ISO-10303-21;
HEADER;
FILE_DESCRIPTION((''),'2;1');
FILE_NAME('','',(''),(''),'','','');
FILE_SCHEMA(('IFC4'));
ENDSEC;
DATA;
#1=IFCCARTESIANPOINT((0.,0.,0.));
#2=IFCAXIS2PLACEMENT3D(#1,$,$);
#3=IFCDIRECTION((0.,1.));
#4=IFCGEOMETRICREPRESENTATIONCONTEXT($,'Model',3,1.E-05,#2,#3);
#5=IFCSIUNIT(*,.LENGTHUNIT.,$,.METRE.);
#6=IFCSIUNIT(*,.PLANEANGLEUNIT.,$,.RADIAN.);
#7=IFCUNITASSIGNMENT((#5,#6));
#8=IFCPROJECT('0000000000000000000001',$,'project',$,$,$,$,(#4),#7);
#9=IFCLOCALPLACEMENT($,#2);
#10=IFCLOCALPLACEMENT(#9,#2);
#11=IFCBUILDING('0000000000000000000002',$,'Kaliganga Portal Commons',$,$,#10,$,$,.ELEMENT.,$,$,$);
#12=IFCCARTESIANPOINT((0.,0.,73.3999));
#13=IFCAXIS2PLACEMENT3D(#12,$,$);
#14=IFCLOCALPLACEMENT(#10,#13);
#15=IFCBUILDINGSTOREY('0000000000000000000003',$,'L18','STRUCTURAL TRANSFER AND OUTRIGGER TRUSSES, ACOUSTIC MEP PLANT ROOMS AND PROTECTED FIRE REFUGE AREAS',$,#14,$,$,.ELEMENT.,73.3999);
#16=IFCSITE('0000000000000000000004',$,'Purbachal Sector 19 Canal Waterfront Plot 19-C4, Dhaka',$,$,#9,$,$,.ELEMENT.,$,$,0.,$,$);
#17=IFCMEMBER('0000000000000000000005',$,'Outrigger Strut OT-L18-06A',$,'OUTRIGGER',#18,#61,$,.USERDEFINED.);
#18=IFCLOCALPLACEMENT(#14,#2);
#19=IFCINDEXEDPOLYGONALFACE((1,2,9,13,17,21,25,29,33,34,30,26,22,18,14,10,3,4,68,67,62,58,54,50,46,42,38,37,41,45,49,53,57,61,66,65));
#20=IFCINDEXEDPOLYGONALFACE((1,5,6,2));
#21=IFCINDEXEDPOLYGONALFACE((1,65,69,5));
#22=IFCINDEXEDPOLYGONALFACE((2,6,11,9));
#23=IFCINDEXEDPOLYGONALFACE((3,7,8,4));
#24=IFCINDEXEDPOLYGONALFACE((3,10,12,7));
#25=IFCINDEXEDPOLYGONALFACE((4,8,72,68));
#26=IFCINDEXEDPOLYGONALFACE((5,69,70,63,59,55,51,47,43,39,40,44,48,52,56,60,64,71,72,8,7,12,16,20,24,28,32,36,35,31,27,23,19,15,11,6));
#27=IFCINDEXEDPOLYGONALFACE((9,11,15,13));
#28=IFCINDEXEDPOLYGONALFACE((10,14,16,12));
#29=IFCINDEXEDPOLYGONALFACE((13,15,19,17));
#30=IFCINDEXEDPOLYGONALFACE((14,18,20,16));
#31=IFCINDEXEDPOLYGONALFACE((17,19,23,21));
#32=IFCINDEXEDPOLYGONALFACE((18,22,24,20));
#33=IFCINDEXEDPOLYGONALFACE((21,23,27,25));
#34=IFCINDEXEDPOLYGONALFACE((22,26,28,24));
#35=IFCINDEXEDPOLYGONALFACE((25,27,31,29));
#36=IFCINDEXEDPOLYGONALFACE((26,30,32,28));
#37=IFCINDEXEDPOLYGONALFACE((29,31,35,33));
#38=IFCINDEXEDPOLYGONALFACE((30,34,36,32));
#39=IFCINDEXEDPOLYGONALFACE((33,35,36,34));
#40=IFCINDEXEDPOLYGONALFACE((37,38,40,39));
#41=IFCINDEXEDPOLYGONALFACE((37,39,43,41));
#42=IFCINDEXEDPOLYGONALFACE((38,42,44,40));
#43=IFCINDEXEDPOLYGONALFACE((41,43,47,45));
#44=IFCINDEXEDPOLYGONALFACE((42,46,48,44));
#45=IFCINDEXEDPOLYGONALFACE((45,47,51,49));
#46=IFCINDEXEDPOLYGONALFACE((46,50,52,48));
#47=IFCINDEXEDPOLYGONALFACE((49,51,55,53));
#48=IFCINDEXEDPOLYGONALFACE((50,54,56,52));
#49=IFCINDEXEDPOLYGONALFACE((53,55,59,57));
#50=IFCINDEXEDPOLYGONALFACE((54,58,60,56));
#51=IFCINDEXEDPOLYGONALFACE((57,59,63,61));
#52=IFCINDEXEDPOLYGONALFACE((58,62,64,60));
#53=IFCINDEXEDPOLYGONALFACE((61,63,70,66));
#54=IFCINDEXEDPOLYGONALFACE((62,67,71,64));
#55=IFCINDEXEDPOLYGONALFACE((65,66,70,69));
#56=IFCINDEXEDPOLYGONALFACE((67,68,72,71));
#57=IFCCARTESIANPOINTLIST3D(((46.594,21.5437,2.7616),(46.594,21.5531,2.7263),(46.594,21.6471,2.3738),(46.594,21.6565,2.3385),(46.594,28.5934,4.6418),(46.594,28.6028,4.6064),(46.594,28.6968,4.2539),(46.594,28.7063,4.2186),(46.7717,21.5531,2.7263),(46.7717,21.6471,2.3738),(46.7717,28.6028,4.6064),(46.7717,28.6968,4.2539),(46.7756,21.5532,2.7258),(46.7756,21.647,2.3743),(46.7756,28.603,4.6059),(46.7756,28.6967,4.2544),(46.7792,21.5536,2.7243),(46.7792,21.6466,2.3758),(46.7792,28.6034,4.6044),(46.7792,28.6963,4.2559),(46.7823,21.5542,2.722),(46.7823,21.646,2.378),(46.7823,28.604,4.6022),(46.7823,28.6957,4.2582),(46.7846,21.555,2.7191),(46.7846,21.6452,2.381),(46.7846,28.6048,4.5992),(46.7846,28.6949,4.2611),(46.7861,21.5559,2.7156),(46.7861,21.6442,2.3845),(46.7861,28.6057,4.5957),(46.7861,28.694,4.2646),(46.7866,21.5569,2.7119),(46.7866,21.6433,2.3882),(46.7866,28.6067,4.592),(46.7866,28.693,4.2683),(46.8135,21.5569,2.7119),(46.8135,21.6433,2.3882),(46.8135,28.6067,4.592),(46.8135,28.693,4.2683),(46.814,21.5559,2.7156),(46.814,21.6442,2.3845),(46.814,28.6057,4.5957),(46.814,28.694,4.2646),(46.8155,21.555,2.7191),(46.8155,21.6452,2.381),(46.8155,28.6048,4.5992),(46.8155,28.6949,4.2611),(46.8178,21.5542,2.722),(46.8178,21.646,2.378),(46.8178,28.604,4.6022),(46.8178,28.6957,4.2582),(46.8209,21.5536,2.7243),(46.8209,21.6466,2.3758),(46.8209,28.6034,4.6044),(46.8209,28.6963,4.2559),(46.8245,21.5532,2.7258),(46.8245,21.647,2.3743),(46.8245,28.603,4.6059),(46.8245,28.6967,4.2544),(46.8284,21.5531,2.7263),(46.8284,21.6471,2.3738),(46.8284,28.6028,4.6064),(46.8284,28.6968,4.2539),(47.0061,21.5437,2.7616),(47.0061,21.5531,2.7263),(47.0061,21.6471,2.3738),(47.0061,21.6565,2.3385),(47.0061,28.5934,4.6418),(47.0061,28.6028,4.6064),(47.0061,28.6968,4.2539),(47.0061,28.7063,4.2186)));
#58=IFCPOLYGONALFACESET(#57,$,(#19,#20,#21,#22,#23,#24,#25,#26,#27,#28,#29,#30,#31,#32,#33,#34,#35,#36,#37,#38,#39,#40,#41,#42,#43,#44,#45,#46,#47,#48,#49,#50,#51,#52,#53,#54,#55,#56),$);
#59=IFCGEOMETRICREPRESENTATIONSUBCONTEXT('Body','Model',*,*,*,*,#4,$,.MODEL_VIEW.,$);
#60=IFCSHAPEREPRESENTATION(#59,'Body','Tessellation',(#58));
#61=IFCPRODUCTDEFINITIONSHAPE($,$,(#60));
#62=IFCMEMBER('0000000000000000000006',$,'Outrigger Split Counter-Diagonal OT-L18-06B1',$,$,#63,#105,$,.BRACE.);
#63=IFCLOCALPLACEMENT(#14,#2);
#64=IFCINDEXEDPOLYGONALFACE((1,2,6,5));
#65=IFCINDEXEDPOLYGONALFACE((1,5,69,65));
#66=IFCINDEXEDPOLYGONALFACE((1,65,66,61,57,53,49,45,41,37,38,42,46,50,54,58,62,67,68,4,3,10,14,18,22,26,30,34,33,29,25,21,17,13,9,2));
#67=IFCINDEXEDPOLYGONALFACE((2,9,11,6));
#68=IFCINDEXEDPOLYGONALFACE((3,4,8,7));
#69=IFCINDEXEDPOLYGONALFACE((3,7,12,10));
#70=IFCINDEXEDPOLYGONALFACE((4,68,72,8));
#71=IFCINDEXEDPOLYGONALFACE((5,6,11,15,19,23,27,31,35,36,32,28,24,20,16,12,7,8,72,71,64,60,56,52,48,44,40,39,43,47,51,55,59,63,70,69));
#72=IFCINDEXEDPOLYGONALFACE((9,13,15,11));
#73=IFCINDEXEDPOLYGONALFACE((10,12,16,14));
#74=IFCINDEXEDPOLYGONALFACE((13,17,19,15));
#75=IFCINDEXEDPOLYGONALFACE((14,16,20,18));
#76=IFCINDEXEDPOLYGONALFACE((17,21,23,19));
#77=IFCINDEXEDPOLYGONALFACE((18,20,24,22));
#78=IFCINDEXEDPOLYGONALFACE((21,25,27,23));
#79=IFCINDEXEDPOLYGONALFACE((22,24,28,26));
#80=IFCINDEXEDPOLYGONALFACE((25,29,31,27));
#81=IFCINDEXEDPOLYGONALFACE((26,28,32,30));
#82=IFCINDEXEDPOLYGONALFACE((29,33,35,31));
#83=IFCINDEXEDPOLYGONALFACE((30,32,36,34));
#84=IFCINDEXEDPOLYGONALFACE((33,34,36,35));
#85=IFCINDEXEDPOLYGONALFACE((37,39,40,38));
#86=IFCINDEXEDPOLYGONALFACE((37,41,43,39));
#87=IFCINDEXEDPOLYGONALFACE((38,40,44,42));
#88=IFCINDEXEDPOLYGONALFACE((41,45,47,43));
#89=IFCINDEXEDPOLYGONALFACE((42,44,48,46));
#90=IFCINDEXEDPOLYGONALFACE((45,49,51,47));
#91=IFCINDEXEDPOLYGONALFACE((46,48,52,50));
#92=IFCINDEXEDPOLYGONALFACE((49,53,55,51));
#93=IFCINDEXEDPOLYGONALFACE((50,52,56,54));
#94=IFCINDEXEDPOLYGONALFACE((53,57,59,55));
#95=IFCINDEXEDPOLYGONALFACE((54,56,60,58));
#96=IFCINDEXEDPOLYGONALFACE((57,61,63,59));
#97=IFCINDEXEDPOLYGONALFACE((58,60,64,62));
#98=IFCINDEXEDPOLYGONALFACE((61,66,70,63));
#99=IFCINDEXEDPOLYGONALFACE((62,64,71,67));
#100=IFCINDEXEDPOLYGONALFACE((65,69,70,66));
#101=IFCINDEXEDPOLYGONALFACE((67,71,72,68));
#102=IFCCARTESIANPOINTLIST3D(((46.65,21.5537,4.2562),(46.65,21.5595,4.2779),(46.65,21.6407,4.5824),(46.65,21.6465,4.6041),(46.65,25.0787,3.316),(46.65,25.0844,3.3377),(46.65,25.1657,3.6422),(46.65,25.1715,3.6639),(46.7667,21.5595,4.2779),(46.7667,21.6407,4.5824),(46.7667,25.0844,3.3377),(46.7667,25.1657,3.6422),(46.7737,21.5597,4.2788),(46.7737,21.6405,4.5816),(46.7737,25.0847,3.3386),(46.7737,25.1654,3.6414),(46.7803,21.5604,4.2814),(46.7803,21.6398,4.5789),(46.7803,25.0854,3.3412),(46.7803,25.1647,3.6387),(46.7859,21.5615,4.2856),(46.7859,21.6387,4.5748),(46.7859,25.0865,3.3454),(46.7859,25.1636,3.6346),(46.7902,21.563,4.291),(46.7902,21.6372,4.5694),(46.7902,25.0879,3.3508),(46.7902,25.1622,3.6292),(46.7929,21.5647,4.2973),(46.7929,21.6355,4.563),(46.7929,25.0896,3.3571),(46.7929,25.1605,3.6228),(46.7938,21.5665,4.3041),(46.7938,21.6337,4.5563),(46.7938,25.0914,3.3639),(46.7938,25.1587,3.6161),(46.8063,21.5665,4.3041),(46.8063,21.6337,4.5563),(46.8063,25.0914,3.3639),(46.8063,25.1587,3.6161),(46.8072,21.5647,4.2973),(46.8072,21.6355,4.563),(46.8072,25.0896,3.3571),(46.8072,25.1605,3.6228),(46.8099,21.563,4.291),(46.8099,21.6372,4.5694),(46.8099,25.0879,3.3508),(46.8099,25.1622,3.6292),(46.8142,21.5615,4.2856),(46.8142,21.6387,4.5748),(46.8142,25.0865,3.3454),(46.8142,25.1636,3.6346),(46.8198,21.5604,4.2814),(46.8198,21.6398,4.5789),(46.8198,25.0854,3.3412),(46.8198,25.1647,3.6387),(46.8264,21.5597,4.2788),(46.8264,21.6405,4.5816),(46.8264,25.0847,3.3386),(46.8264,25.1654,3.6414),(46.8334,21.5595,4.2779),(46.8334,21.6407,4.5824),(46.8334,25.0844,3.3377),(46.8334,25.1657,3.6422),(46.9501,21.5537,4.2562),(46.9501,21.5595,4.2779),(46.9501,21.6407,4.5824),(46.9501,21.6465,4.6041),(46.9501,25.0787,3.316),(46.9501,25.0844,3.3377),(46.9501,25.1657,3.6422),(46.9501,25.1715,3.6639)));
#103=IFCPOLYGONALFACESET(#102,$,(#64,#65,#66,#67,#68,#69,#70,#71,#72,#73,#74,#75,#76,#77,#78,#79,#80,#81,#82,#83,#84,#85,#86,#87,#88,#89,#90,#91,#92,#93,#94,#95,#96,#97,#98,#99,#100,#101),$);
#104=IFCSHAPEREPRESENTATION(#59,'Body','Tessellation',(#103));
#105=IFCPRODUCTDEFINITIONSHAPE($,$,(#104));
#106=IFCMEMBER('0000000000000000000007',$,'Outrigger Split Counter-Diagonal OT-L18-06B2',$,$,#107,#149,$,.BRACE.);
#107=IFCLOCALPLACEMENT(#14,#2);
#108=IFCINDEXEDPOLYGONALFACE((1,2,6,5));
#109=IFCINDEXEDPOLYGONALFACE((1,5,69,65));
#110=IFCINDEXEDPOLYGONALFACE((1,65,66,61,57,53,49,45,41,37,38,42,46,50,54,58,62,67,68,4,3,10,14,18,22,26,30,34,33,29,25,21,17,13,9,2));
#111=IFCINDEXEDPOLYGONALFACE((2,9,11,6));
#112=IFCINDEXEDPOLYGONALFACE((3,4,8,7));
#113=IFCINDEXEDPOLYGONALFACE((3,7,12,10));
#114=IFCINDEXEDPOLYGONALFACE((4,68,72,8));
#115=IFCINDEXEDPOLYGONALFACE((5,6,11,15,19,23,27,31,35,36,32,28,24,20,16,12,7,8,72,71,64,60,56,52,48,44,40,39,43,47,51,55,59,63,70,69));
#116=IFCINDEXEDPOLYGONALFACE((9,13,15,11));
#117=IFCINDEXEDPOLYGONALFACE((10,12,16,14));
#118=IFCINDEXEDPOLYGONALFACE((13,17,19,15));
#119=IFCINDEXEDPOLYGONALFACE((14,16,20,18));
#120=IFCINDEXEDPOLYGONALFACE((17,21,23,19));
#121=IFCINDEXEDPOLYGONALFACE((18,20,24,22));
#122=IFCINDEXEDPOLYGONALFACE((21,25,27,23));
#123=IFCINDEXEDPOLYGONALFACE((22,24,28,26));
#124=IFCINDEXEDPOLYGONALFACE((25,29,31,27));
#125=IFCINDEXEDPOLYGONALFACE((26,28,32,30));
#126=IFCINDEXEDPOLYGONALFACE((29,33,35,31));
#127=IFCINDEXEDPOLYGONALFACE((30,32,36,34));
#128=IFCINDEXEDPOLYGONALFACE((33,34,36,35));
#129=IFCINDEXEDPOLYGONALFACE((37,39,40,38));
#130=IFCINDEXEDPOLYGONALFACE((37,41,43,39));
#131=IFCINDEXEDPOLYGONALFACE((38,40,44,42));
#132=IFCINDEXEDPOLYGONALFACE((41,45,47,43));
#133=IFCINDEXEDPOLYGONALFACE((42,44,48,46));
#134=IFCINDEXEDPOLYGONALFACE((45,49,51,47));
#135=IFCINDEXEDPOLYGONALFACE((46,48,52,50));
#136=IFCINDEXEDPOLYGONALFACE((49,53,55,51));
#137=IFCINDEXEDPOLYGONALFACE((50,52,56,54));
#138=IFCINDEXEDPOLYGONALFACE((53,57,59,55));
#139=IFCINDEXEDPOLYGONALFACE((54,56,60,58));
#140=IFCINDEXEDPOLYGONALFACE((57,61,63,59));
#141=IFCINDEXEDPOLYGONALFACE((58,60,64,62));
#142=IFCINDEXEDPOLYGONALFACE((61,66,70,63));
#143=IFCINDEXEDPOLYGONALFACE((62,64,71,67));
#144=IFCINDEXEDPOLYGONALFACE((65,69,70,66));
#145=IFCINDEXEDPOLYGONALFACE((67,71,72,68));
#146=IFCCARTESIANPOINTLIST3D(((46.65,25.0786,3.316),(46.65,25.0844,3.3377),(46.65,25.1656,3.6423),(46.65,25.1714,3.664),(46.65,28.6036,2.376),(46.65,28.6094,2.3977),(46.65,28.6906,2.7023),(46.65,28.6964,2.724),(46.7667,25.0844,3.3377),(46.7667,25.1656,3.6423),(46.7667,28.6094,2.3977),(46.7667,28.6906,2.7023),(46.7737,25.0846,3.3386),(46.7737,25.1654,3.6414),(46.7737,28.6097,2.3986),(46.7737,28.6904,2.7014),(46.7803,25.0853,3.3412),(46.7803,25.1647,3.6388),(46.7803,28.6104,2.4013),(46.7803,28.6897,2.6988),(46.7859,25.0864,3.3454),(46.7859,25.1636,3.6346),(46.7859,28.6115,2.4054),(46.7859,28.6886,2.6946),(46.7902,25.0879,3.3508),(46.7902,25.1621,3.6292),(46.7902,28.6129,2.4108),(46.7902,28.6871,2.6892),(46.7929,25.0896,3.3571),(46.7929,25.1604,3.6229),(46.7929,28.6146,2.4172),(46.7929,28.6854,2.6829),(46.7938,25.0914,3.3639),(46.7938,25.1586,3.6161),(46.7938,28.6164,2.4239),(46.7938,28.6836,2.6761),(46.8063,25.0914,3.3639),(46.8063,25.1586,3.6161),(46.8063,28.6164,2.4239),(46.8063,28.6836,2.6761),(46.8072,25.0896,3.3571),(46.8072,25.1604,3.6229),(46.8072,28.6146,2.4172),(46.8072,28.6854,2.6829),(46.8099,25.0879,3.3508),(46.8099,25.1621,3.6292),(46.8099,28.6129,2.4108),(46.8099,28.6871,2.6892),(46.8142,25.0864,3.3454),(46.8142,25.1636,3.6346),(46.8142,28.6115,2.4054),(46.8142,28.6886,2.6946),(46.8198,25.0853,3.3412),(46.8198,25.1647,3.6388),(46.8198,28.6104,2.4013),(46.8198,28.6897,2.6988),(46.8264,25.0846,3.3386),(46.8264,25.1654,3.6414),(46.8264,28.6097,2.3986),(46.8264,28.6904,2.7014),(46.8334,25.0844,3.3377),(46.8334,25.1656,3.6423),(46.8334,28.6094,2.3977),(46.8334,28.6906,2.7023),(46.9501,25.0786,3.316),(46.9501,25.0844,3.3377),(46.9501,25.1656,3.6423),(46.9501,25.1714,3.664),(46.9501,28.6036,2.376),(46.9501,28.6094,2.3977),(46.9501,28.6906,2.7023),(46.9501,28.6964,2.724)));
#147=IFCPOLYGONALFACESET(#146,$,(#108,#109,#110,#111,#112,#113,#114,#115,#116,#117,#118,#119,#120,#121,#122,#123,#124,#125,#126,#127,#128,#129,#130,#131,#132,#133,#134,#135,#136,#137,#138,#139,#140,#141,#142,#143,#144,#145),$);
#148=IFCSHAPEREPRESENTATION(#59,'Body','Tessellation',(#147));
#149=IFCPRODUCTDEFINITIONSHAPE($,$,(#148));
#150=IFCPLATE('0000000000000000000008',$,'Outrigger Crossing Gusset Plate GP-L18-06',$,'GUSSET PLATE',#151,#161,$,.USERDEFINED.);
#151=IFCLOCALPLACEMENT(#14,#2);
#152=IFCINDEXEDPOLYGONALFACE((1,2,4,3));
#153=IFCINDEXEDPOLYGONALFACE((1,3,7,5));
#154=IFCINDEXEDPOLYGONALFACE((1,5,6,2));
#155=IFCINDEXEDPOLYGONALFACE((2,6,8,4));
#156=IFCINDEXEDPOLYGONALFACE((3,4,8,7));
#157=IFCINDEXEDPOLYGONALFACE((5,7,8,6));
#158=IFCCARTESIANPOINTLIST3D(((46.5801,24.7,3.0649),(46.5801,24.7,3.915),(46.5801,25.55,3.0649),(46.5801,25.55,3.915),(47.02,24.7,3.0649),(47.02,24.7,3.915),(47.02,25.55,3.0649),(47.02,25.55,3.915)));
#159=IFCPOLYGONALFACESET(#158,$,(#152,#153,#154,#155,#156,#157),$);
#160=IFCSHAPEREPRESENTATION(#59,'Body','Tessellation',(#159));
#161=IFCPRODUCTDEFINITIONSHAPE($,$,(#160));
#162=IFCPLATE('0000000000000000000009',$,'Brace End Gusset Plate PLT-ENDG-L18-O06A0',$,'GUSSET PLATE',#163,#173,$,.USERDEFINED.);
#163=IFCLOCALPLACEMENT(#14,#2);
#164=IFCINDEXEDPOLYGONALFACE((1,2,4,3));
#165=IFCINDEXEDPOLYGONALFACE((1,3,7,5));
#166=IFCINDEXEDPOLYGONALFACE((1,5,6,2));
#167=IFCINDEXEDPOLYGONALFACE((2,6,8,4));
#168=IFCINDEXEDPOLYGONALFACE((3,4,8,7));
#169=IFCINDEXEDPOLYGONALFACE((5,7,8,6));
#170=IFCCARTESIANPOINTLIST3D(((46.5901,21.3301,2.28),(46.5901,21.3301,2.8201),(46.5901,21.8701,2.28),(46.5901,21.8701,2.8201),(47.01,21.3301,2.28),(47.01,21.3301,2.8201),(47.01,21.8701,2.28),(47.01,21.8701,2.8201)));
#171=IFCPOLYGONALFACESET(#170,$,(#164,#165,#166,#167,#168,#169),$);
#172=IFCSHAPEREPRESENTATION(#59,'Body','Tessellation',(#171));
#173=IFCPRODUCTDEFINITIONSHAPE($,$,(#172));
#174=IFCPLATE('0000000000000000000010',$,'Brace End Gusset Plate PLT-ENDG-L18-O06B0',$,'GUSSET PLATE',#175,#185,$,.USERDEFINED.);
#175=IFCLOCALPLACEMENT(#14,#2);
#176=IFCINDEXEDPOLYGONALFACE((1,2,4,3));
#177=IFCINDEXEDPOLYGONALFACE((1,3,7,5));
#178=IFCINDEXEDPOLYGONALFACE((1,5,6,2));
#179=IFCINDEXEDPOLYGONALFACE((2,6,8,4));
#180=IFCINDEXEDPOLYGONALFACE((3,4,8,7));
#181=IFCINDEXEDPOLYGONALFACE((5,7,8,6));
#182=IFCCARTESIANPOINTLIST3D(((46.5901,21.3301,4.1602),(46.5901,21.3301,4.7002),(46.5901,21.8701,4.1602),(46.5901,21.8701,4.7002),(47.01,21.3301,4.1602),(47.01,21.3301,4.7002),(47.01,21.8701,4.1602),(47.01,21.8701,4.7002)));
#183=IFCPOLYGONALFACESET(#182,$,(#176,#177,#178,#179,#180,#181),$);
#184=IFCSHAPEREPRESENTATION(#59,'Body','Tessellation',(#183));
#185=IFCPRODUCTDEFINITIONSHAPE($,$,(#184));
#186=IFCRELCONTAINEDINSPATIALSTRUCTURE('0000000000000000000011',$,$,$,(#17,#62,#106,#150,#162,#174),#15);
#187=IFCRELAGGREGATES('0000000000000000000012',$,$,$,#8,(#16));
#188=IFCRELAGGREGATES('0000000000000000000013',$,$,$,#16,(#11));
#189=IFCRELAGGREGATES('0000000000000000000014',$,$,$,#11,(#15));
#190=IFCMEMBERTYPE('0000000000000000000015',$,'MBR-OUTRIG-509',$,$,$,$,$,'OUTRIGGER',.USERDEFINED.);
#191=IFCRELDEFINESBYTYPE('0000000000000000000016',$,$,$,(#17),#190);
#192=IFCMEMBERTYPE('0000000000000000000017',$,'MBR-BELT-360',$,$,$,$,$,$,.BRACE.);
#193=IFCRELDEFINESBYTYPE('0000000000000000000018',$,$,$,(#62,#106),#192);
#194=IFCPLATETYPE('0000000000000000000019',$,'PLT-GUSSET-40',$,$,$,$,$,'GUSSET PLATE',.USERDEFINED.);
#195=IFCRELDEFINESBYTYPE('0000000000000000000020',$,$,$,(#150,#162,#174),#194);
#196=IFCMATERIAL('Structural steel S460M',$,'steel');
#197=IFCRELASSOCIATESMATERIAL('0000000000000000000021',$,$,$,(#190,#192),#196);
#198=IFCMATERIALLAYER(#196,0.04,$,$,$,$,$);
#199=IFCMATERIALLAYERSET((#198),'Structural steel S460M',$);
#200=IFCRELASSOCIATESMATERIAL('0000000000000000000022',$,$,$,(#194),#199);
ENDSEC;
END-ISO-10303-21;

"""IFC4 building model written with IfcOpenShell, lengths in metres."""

from ifc_helpers import new_model, si_unit, direction, frame, origin, origin_2d, place, context, subcontext, project, spatial, rectangle, i_section, extrude, source, transform, mapped, material, layer, layer_set, material_profile, profile_set, type_object, element, save


model = new_model("IFC4")

# Units and contexts
model_context = context("Model", 3, precision=1e-05, world=origin(), true_north=direction((0.0, 1.0)))
body_context = subcontext(model_context, "Body", "Model", "MODEL_VIEW")
ifc_project = project(units=[si_unit("LENGTHUNIT", "METRE"), si_unit("PLANEANGLEUNIT", "RADIAN")], contexts=[model_context])

# Site, building, storey
site_placement = place(None, origin())
site = spatial("IfcSite", under=ifc_project, at=site_placement, Name="Purbachal Sector 19 Canal Waterfront Plot 19-C4, Dhaka", CompositionType="ELEMENT", RefElevation=0.0)
building_placement = place(site_placement, origin())
building = spatial("IfcBuilding", under=site, at=building_placement, Name="Kaliganga Portal Commons", CompositionType="ELEMENT")
storey_placement = place(building_placement, frame((0.0, 0.0, 73.3999)))
storey = spatial("IfcBuildingStorey", under=building, at=storey_placement, Name="L18", Description="STRUCTURAL TRANSFER AND OUTRIGGER TRUSSES, ACOUSTIC MEP PLANT ROOMS AND PROTECTED FIRE REFUGE AREAS", CompositionType="ELEMENT", Elevation=73.3999)

# Members
ifc_material_1 = material(Name="Structural steel S460M", Category="steel")
ifc_material_profile_1 = material_profile(ifc_material_1, i_section(OverallWidth=0.4121, OverallDepth=0.438, WebThickness=0.0269, FlangeThickness=0.0366, FilletRadius=0.0149, at=origin_2d()), Name="HD 400x463")
ifc_profile_set_1 = profile_set([ifc_material_profile_1], Name="Structural steel S460M wide-flange")
member_type_1 = type_object("IfcMemberType", Name="MBR-OUTRIG-509", ElementType="OUTRIGGER", PredefinedType="USERDEFINED", material=ifc_profile_set_1)
shared_shape_1 = source(origin(), body_context, "Body", "SweptSolid", [
    extrude(i_section(OverallWidth=0.4121, OverallDepth=0.438, WebThickness=0.0269, FlangeThickness=0.0366, FilletRadius=0.0149, at=origin_2d()), origin(), (0.0, 0.0, 1.0), 7.2961),
])
member_placement = place(storey_placement, frame((46.8, 21.6001, 2.55), z_axis=(0.0, 0.966229, 0.257686), x_axis=(-1.0, 0.0, 0.0)))
element("IfcMember", 1, at=member_placement, inside=storey, type_object=member_type_1, Name="Outrigger Strut OT-L18-06A", ObjectType="OUTRIGGER", PredefinedType="USERDEFINED", context=body_context, shape_type="MappedRepresentation", body=[
    mapped(shared_shape_1, transform((0.0, 0.0, 0.0), x_axis=(1.0, 0.0, 0.0), y_axis=(0.0, 1.0, 0.0), z_axis=(0.0, 0.0, 1.0), scale=1.0)),
])
ifc_material_profile_2 = material_profile(ifc_material_1, i_section(OverallWidth=0.3, OverallDepth=0.3601, WebThickness=0.0125, FlangeThickness=0.0225, FilletRadius=0.0271, at=origin_2d()), Name="HE 360 B")
ifc_profile_set_2 = profile_set([ifc_material_profile_2], Name="Structural steel S460M wide-flange")
member_type_2 = type_object("IfcMemberType", Name="MBR-BELT-360", PredefinedType="BRACE", material=ifc_profile_set_2)
shared_shape_2 = source(origin(), body_context, "Body", "SweptSolid", [
    extrude(i_section(OverallWidth=0.3, OverallDepth=0.3601, WebThickness=0.0125, FlangeThickness=0.0225, FilletRadius=0.0271, at=origin_2d()), origin(), (0.0, 0.0, 1.0), 3.6482),
])
for number, where, z_axis, x_axis, name in (
    (2, (46.8, 21.6001, 4.4302), (0.0, 0.96622, -0.257717), (-1.0, 0.0, 0.0), "Outrigger Split Counter-Diagonal OT-L18-06B1"),
    (3, (46.8, 25.125, 3.49), (0.0, 0.966237, -0.257654), (-1.0, 0.0, 0.0), "Outrigger Split Counter-Diagonal OT-L18-06B2"),
):
    element("IfcMember", number, at=place(storey_placement, frame(where, z_axis=z_axis, x_axis=x_axis)), inside=storey, type_object=member_type_2, Name=name, PredefinedType="BRACE", context=body_context, shape_type="MappedRepresentation", body=[
        mapped(shared_shape_2, transform((0.0, 0.0, 0.0), x_axis=(1.0, 0.0, 0.0), y_axis=(0.0, 1.0, 0.0), z_axis=(0.0, 0.0, 1.0), scale=1.0)),
    ])

# Plates
ifc_layer_1 = layer(ifc_material_1, 0.04)
ifc_layer_set_1 = layer_set([ifc_layer_1], Name="Structural steel S460M")
plate_type = type_object("IfcPlateType", Name="PLT-GUSSET-40", ElementType="GUSSET PLATE", PredefinedType="USERDEFINED", material=ifc_layer_set_1)
shared_shape_3 = source(origin(), body_context, "Body", "SweptSolid", [
    extrude(rectangle(XDim=0.8501, YDim=0.4399, at=origin_2d()), origin(), (0.0, 0.0, 1.0), 0.8501),
])
plate_placement = place(storey_placement, frame((46.8, 25.125, 3.0649), z_axis=(0.0, 0.0, 1.0), x_axis=(0.0, 1.0, 0.0)))
element("IfcPlate", 4, at=plate_placement, inside=storey, type_object=plate_type, Name="Outrigger Crossing Gusset Plate GP-L18-06", ObjectType="GUSSET PLATE", PredefinedType="USERDEFINED", context=body_context, shape_type="MappedRepresentation", body=[
    mapped(shared_shape_3, transform((0.0, 0.0, 0.0), x_axis=(1.0, 0.0, 0.0), y_axis=(0.0, 1.0, 0.0), z_axis=(0.0, 0.0, 1.0), scale=1.0)),
])
shared_shape_4 = source(origin(), body_context, "Body", "SweptSolid", [
    extrude(rectangle(XDim=0.54, YDim=0.4199, at=origin_2d()), origin(), (0.0, 0.0, 1.0), 0.54),
])
for number, where, z_axis, x_axis, name in (
    (5, (46.8, 21.6001, 2.28), (0.0, 0.0, 1.0), (0.0, 1.0, 0.0), "Brace End Gusset Plate PLT-ENDG-L18-O06A0"),
    (6, (46.8, 21.6001, 4.1602), (0.0, 0.0, 1.0), (0.0, 1.0, 0.0), "Brace End Gusset Plate PLT-ENDG-L18-O06B0"),
):
    element("IfcPlate", number, at=place(storey_placement, frame(where, z_axis=z_axis, x_axis=x_axis)), inside=storey, type_object=plate_type, Name=name, ObjectType="GUSSET PLATE", PredefinedType="USERDEFINED", context=body_context, shape_type="MappedRepresentation", body=[
        mapped(shared_shape_4, transform((0.0, 0.0, 0.0), x_axis=(1.0, 0.0, 0.0), y_axis=(0.0, 1.0, 0.0), z_axis=(0.0, 0.0, 1.0), scale=1.0)),
    ])

save(model, "model.ifc")
